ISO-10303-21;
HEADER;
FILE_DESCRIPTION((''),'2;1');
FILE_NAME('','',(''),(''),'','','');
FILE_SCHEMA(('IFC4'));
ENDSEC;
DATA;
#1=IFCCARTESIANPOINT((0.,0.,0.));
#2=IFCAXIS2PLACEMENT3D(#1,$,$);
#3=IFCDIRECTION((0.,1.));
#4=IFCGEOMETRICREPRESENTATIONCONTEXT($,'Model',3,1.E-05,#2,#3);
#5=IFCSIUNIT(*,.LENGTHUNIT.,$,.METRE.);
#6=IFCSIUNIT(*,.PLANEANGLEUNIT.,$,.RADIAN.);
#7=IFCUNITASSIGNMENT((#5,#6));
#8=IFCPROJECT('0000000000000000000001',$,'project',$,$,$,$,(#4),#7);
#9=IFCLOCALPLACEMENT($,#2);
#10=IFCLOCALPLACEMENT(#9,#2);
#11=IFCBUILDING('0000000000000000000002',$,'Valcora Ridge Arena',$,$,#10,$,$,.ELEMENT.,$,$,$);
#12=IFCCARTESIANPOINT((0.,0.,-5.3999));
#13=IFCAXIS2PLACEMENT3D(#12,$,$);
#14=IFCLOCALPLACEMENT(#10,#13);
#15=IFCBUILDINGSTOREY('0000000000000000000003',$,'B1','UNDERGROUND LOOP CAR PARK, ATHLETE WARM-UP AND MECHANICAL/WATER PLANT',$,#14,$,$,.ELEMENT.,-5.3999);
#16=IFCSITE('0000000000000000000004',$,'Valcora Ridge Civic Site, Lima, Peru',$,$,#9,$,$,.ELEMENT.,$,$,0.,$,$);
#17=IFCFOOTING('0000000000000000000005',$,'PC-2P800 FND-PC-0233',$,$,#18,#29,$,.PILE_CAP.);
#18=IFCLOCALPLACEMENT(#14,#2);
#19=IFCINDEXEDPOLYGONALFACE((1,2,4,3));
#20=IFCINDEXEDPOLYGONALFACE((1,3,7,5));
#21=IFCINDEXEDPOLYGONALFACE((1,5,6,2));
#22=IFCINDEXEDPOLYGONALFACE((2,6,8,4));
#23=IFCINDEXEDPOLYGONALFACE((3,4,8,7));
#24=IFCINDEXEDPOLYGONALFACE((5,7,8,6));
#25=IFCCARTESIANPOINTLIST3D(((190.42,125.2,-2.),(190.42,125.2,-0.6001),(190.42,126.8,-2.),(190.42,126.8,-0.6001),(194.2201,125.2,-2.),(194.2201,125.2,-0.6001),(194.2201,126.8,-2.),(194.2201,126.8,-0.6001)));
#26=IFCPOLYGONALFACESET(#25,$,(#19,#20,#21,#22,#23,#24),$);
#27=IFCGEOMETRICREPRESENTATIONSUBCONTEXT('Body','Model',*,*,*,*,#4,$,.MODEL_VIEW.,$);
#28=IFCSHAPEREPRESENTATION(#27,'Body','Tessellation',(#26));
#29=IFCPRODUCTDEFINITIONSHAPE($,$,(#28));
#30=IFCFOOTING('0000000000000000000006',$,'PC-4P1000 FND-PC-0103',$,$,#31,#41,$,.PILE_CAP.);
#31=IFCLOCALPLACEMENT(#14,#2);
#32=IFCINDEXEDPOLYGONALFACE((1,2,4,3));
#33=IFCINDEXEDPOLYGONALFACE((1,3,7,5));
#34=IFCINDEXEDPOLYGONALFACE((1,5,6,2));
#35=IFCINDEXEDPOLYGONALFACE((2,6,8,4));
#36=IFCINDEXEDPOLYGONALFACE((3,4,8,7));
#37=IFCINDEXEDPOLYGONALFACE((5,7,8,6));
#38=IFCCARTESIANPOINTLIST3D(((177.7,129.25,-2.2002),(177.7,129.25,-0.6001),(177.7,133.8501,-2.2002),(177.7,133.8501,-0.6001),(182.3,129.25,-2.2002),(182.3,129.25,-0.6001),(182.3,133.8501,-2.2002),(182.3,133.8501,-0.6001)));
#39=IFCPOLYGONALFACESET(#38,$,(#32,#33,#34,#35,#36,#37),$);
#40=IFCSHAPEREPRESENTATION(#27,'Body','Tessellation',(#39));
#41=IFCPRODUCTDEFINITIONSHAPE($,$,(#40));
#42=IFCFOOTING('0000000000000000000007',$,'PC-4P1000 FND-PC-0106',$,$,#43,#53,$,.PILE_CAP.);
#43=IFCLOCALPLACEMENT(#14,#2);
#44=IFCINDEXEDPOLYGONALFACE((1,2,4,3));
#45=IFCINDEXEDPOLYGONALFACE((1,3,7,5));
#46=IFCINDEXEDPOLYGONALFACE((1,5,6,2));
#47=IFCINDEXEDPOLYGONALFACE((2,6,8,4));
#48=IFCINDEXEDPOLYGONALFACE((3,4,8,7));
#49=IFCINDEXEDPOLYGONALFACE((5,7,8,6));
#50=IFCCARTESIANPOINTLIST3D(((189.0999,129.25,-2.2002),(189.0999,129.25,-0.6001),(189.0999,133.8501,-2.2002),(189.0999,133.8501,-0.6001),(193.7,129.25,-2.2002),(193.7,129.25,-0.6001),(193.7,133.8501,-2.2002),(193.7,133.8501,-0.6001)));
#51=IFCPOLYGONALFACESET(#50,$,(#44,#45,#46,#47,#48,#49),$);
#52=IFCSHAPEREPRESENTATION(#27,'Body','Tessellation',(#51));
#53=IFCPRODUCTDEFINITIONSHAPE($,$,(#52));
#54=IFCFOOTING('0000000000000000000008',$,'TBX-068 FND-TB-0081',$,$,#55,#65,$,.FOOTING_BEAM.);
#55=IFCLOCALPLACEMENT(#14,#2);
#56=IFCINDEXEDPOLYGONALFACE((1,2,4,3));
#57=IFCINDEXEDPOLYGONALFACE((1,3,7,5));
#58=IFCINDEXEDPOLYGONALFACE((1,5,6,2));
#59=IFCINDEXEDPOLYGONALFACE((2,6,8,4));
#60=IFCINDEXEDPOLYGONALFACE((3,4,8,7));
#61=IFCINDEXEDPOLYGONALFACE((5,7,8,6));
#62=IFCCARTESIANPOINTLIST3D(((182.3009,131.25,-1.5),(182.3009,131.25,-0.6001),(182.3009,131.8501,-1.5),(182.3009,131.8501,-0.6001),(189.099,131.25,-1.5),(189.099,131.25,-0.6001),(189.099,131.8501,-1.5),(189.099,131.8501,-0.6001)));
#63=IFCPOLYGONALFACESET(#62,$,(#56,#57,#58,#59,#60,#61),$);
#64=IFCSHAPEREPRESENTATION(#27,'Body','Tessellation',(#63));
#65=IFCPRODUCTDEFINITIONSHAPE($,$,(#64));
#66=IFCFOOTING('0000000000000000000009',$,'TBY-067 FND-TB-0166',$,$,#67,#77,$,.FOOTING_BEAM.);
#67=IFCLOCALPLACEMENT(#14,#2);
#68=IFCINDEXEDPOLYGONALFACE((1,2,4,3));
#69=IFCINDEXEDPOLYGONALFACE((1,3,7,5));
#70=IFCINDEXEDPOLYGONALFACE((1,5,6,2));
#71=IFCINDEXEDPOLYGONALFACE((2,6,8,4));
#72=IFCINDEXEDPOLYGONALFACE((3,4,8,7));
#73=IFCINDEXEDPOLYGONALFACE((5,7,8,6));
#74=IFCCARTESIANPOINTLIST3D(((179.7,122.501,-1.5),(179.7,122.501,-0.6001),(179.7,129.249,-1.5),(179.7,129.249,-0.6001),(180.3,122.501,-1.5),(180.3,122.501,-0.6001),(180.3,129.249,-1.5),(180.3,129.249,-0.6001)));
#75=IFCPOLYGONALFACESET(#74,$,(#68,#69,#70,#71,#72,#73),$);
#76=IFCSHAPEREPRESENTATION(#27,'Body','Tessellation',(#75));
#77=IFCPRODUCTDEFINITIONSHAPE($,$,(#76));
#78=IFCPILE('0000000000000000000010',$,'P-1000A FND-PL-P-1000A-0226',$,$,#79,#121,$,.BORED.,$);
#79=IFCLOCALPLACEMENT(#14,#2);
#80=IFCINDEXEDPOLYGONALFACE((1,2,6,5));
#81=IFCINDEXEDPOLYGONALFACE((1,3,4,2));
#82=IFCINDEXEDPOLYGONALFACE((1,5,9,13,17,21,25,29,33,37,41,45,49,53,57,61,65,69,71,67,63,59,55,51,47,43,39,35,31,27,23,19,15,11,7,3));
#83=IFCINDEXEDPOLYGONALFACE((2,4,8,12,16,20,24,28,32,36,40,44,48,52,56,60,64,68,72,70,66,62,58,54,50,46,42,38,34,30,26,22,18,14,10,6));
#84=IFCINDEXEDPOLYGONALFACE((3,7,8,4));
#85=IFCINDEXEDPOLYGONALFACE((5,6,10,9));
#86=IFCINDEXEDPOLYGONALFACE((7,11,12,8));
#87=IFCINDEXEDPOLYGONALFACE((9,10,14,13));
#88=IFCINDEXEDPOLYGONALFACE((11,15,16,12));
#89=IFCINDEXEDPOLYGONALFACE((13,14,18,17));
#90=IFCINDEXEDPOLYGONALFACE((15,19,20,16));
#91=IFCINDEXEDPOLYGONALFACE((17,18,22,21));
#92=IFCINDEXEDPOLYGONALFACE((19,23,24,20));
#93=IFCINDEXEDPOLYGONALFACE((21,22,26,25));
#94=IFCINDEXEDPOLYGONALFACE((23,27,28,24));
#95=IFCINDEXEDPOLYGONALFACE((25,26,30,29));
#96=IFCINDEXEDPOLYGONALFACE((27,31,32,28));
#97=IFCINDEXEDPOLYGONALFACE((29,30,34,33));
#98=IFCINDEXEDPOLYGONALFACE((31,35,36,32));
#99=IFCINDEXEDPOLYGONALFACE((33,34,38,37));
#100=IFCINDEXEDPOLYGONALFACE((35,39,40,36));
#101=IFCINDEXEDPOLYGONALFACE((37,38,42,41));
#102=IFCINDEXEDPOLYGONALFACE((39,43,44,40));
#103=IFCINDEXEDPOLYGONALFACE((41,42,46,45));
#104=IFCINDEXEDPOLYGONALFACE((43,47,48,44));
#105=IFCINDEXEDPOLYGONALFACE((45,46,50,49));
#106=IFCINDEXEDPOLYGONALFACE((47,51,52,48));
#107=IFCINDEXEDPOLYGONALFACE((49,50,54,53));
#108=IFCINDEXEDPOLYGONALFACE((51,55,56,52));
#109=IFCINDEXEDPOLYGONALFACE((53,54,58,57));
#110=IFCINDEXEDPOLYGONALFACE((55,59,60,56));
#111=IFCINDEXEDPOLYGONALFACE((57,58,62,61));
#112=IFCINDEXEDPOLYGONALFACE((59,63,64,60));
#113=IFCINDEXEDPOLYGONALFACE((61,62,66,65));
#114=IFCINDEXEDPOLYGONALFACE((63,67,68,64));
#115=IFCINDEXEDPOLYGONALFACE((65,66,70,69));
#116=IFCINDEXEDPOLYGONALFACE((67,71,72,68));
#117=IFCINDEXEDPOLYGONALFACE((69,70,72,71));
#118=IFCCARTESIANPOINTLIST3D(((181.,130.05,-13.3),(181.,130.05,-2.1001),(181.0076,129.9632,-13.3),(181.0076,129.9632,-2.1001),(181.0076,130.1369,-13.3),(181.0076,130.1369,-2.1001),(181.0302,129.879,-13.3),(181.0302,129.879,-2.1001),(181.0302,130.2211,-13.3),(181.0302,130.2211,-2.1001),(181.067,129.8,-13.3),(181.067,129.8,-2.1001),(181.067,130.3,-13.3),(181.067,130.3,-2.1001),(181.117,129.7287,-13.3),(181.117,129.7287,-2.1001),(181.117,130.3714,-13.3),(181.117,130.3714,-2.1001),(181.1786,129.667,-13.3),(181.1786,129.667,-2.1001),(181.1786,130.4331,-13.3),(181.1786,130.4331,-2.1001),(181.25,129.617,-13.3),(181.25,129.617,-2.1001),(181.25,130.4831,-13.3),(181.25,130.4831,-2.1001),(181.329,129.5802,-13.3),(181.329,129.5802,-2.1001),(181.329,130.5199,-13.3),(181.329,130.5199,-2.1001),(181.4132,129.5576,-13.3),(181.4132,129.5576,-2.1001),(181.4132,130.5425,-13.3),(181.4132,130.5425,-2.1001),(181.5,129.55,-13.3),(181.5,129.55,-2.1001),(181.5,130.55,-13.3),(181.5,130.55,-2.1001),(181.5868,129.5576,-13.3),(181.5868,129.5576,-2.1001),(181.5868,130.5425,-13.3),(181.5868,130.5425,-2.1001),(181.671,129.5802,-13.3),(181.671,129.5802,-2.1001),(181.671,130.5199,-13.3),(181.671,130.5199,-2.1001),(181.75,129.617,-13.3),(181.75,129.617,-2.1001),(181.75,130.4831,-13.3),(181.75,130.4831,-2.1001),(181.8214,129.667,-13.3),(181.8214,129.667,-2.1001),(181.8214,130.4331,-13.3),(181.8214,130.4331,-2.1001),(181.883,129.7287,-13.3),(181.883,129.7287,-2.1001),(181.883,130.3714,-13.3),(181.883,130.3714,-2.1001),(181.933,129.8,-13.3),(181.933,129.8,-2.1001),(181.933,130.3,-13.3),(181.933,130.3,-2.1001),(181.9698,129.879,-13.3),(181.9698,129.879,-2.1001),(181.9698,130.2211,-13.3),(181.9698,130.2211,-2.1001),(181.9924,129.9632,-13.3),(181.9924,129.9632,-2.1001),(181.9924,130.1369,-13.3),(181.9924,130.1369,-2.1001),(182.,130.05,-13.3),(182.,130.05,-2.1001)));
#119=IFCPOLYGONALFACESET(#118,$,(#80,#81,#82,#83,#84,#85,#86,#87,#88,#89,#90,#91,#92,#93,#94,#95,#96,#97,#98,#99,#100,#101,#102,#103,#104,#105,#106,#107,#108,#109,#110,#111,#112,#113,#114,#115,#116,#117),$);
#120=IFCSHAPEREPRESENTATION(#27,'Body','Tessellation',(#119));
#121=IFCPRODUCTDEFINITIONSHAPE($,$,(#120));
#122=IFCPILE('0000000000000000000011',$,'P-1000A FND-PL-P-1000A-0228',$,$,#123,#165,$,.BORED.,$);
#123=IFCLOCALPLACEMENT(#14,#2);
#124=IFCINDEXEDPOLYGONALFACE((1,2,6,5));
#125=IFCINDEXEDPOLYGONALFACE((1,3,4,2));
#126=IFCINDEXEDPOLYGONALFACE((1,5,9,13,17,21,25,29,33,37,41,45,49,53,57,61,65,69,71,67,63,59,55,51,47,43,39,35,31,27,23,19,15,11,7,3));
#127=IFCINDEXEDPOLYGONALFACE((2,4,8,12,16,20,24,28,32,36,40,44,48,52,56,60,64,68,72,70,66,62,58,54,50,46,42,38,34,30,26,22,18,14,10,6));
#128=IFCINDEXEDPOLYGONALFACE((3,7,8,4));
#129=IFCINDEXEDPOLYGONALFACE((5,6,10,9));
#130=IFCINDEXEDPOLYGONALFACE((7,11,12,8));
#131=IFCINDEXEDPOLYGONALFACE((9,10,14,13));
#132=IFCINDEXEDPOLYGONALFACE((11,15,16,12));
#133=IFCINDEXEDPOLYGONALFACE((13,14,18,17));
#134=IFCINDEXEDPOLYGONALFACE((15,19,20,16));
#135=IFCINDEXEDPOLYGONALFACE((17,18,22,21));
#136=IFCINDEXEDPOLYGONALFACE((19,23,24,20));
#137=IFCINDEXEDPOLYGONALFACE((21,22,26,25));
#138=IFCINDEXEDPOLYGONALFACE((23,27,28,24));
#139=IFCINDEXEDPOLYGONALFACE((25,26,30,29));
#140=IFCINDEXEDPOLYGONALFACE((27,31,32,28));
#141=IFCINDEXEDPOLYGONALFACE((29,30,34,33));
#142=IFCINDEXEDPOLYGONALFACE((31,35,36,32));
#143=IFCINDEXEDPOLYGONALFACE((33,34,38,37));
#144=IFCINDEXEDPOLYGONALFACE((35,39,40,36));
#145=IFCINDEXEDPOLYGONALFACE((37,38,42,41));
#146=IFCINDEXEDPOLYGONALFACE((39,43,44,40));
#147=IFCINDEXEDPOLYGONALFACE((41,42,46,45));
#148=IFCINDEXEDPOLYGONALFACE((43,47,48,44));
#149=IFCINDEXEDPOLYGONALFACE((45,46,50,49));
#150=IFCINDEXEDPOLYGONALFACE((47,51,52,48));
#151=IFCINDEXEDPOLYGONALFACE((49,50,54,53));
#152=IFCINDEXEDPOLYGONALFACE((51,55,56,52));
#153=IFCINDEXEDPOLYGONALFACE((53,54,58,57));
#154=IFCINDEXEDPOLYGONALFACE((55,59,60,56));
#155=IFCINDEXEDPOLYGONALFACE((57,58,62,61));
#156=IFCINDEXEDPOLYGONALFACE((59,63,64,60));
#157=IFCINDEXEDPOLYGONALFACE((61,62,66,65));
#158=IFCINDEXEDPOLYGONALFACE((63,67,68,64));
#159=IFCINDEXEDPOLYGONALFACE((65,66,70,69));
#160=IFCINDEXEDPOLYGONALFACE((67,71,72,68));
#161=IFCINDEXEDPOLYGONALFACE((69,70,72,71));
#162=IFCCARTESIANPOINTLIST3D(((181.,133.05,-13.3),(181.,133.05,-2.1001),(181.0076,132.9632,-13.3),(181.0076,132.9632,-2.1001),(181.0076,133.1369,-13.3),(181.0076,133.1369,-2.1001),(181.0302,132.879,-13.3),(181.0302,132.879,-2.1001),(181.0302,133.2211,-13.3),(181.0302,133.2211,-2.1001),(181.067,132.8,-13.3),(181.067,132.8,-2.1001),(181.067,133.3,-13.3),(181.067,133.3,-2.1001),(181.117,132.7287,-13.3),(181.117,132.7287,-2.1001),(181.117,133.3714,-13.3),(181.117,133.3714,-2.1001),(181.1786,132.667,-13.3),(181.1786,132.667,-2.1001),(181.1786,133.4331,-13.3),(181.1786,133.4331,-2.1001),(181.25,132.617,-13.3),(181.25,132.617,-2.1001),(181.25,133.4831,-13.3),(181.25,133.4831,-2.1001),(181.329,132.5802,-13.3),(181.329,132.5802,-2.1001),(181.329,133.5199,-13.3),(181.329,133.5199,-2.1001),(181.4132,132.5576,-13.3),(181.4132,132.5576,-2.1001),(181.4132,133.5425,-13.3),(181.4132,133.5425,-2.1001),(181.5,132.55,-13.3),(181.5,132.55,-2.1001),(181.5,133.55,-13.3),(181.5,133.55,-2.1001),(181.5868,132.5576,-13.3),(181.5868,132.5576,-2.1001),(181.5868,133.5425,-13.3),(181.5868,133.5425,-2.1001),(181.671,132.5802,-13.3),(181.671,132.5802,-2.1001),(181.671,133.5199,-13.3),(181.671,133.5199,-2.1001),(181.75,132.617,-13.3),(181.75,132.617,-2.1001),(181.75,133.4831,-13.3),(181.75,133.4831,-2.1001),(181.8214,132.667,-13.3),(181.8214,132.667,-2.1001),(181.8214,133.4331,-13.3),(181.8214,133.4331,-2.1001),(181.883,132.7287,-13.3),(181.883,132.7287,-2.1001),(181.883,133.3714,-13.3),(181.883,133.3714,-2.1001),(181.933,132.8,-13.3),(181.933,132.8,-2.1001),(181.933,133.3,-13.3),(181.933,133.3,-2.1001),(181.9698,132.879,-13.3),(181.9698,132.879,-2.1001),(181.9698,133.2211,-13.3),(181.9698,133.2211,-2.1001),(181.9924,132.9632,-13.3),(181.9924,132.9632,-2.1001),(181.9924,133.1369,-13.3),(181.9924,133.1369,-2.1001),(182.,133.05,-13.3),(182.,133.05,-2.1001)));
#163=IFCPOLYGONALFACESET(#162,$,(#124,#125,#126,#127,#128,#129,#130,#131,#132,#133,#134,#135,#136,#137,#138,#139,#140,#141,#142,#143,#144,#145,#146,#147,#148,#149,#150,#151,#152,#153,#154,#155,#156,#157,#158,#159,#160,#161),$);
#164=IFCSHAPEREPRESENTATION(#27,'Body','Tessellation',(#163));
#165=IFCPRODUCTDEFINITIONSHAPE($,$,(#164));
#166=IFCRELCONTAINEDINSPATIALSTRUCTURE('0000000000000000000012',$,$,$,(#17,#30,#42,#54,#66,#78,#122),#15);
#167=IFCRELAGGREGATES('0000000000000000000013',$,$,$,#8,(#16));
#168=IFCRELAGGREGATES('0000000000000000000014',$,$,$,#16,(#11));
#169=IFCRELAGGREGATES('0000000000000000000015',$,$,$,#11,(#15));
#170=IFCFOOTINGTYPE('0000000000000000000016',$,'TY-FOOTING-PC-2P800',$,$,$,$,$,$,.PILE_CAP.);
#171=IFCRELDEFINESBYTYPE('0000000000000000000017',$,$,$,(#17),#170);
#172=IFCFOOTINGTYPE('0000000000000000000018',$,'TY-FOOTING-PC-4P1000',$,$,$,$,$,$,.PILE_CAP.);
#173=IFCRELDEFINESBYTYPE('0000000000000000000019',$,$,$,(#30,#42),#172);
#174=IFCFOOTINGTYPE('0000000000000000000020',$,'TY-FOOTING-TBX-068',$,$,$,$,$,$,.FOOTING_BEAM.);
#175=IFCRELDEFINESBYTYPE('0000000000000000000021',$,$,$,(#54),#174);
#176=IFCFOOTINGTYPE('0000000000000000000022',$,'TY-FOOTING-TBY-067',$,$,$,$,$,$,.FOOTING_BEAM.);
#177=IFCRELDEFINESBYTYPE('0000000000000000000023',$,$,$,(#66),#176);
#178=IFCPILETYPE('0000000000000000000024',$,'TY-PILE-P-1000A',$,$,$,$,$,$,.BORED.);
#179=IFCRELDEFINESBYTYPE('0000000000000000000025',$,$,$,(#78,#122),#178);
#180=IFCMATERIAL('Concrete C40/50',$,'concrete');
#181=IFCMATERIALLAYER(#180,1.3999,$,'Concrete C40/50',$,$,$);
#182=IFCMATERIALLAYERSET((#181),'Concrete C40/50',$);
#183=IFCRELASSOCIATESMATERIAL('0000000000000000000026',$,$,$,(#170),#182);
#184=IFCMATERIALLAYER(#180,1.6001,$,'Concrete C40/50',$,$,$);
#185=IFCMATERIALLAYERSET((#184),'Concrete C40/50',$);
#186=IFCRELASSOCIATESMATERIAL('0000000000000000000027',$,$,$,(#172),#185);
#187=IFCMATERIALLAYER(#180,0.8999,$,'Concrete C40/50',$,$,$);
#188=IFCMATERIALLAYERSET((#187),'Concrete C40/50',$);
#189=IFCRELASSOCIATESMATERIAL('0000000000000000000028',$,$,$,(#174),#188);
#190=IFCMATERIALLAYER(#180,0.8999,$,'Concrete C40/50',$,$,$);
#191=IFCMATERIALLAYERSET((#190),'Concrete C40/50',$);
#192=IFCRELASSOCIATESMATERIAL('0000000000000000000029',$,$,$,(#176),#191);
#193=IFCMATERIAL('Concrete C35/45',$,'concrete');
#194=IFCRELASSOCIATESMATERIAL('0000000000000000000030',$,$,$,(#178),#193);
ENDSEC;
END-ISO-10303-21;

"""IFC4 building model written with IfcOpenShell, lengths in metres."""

from ifc_helpers import new_model, si_unit, direction, frame, origin, origin_2d, place, context, subcontext, project, spatial, rectangle, circle, extrude, material, layer, layer_set, material_profile, profile_set, type_object, element, save


model = new_model("IFC4")

# Units and contexts
model_context = context("Model", 3, precision=1e-05, world=origin(), true_north=direction((0.0, 1.0)))
body_context = subcontext(model_context, "Body", "Model", "MODEL_VIEW")
ifc_project = project(units=[si_unit("LENGTHUNIT", "METRE"), si_unit("PLANEANGLEUNIT", "RADIAN")], contexts=[model_context])

# Site, building, storey
site_placement = place(None, origin())
site = spatial("IfcSite", under=ifc_project, at=site_placement, Name="Valcora Ridge Civic Site, Lima, Peru", CompositionType="ELEMENT", RefElevation=0.0)
building_placement = place(site_placement, origin())
building = spatial("IfcBuilding", under=site, at=building_placement, Name="Valcora Ridge Arena", CompositionType="ELEMENT")
storey_placement = place(building_placement, frame((0.0, 0.0, -5.3999)))
storey = spatial("IfcBuildingStorey", under=building, at=storey_placement, Name="B1", Description="UNDERGROUND LOOP CAR PARK, ATHLETE WARM-UP AND MECHANICAL/WATER PLANT", CompositionType="ELEMENT", Elevation=-5.3999)

# Footings
ifc_material_1 = material(Name="Concrete C40/50", Category="concrete")
ifc_layer_1 = layer(ifc_material_1, 1.3999, Name="Concrete C40/50")
ifc_layer_set_1 = layer_set([ifc_layer_1], Name="Concrete C40/50")
footing_type_1 = type_object("IfcFootingType", Name="TY-FOOTING-PC-2P800", PredefinedType="PILE_CAP", material=ifc_layer_set_1)
footing_1_placement = place(storey_placement, frame((192.3201, 126.0, -2.0), z_axis=(0.0, 0.0, 1.0), x_axis=(1.0, 0.0, 0.0)))
element("IfcFooting", 1, at=footing_1_placement, inside=storey, type_object=footing_type_1, Name="PC-2P800 FND-PC-0233", PredefinedType="PILE_CAP", context=body_context, shape_type="SweptSolid", body=[
    extrude(rectangle(XDim=3.8, YDim=1.6001, at=origin_2d()), origin(), (0.0, 0.0, 1.0), 1.3999),
])
ifc_layer_2 = layer(ifc_material_1, 1.6001, Name="Concrete C40/50")
ifc_layer_set_2 = layer_set([ifc_layer_2], Name="Concrete C40/50")
footing_type_2 = type_object("IfcFootingType", Name="TY-FOOTING-PC-4P1000", PredefinedType="PILE_CAP", material=ifc_layer_set_2)
for number, where, z_axis, x_axis, name in (
    (2, (180.0, 131.55, -2.2002), (0.0, 0.0, 1.0), (1.0, 0.0, 0.0), "PC-4P1000 FND-PC-0103"),
    (3, (191.3999, 131.55, -2.2002), (0.0, 0.0, 1.0), (1.0, 0.0, 0.0), "PC-4P1000 FND-PC-0106"),
):
    element("IfcFooting", number, at=place(storey_placement, frame(where, z_axis=z_axis, x_axis=x_axis)), inside=storey, type_object=footing_type_2, Name=name, PredefinedType="PILE_CAP", context=body_context, shape_type="SweptSolid", body=[
        extrude(rectangle(XDim=4.6001, YDim=4.6001, at=origin_2d()), origin(), (0.0, 0.0, 1.0), 1.6001),
    ])
ifc_layer_3 = layer(ifc_material_1, 0.8999, Name="Concrete C40/50")
ifc_layer_set_3 = layer_set([ifc_layer_3], Name="Concrete C40/50")
footing_type_3 = type_object("IfcFootingType", Name="TY-FOOTING-TBX-068", PredefinedType="FOOTING_BEAM", material=ifc_layer_set_3)
footing_2_placement = place(storey_placement, frame((185.7, 131.55, -1.5), z_axis=(0.0, 0.0, 1.0), x_axis=(1.0, 0.0, 0.0)))
element("IfcFooting", 4, at=footing_2_placement, inside=storey, type_object=footing_type_3, Name="TBX-068 FND-TB-0081", PredefinedType="FOOTING_BEAM", context=body_context, shape_type="SweptSolid", body=[
    extrude(rectangle(XDim=6.7981, YDim=0.6001, at=origin_2d()), origin(), (0.0, 0.0, 1.0), 0.8999),
])
ifc_layer_4 = layer(ifc_material_1, 0.8999, Name="Concrete C40/50")
ifc_layer_set_4 = layer_set([ifc_layer_4], Name="Concrete C40/50")
footing_type_4 = type_object("IfcFootingType", Name="TY-FOOTING-TBY-067", PredefinedType="FOOTING_BEAM", material=ifc_layer_set_4)
footing_3_placement = place(storey_placement, frame((180.0, 125.875, -1.5), z_axis=(0.0, 0.0, 1.0), x_axis=(1.0, 0.0, 0.0)))
element("IfcFooting", 5, at=footing_3_placement, inside=storey, type_object=footing_type_4, Name="TBY-067 FND-TB-0166", PredefinedType="FOOTING_BEAM", context=body_context, shape_type="SweptSolid", body=[
    extrude(rectangle(XDim=0.6001, YDim=6.748, at=origin_2d()), origin(), (0.0, 0.0, 1.0), 0.8999),
])

# Piles
ifc_material_2 = material(Name="Concrete C35/45", Category="concrete")
ifc_material_profile_1 = material_profile(ifc_material_2, circle(Radius=0.5, at=origin_2d()), Name="BORED PILE D1000")
ifc_profile_set_1 = profile_set([ifc_material_profile_1], Name="Concrete C35/45")
pile_type_1 = type_object("IfcPileType", Name="TY-PILE-P-1000A", PredefinedType="BORED", material=ifc_profile_set_1)
for number, where, z_axis, x_axis, name in (
    (6, (181.5, 130.05, -2.1001), (0.0, 0.0, -1.0), (1.0, 0.0, 0.0), "P-1000A FND-PL-P-1000A-0226"),
    (7, (181.5, 133.05, -2.1001), (0.0, 0.0, -1.0), (1.0, 0.0, 0.0), "P-1000A FND-PL-P-1000A-0228"),
):
    element("IfcPile", number, at=place(storey_placement, frame(where, z_axis=z_axis, x_axis=x_axis)), inside=storey, type_object=pile_type_1, Name=name, PredefinedType="BORED", context=body_context, shape_type="SweptSolid", body=[
        extrude(circle(Radius=0.5, at=origin_2d()), origin(), (0.0, 0.0, 1.0), 11.2),
    ])

save(model, "model.ifc")
